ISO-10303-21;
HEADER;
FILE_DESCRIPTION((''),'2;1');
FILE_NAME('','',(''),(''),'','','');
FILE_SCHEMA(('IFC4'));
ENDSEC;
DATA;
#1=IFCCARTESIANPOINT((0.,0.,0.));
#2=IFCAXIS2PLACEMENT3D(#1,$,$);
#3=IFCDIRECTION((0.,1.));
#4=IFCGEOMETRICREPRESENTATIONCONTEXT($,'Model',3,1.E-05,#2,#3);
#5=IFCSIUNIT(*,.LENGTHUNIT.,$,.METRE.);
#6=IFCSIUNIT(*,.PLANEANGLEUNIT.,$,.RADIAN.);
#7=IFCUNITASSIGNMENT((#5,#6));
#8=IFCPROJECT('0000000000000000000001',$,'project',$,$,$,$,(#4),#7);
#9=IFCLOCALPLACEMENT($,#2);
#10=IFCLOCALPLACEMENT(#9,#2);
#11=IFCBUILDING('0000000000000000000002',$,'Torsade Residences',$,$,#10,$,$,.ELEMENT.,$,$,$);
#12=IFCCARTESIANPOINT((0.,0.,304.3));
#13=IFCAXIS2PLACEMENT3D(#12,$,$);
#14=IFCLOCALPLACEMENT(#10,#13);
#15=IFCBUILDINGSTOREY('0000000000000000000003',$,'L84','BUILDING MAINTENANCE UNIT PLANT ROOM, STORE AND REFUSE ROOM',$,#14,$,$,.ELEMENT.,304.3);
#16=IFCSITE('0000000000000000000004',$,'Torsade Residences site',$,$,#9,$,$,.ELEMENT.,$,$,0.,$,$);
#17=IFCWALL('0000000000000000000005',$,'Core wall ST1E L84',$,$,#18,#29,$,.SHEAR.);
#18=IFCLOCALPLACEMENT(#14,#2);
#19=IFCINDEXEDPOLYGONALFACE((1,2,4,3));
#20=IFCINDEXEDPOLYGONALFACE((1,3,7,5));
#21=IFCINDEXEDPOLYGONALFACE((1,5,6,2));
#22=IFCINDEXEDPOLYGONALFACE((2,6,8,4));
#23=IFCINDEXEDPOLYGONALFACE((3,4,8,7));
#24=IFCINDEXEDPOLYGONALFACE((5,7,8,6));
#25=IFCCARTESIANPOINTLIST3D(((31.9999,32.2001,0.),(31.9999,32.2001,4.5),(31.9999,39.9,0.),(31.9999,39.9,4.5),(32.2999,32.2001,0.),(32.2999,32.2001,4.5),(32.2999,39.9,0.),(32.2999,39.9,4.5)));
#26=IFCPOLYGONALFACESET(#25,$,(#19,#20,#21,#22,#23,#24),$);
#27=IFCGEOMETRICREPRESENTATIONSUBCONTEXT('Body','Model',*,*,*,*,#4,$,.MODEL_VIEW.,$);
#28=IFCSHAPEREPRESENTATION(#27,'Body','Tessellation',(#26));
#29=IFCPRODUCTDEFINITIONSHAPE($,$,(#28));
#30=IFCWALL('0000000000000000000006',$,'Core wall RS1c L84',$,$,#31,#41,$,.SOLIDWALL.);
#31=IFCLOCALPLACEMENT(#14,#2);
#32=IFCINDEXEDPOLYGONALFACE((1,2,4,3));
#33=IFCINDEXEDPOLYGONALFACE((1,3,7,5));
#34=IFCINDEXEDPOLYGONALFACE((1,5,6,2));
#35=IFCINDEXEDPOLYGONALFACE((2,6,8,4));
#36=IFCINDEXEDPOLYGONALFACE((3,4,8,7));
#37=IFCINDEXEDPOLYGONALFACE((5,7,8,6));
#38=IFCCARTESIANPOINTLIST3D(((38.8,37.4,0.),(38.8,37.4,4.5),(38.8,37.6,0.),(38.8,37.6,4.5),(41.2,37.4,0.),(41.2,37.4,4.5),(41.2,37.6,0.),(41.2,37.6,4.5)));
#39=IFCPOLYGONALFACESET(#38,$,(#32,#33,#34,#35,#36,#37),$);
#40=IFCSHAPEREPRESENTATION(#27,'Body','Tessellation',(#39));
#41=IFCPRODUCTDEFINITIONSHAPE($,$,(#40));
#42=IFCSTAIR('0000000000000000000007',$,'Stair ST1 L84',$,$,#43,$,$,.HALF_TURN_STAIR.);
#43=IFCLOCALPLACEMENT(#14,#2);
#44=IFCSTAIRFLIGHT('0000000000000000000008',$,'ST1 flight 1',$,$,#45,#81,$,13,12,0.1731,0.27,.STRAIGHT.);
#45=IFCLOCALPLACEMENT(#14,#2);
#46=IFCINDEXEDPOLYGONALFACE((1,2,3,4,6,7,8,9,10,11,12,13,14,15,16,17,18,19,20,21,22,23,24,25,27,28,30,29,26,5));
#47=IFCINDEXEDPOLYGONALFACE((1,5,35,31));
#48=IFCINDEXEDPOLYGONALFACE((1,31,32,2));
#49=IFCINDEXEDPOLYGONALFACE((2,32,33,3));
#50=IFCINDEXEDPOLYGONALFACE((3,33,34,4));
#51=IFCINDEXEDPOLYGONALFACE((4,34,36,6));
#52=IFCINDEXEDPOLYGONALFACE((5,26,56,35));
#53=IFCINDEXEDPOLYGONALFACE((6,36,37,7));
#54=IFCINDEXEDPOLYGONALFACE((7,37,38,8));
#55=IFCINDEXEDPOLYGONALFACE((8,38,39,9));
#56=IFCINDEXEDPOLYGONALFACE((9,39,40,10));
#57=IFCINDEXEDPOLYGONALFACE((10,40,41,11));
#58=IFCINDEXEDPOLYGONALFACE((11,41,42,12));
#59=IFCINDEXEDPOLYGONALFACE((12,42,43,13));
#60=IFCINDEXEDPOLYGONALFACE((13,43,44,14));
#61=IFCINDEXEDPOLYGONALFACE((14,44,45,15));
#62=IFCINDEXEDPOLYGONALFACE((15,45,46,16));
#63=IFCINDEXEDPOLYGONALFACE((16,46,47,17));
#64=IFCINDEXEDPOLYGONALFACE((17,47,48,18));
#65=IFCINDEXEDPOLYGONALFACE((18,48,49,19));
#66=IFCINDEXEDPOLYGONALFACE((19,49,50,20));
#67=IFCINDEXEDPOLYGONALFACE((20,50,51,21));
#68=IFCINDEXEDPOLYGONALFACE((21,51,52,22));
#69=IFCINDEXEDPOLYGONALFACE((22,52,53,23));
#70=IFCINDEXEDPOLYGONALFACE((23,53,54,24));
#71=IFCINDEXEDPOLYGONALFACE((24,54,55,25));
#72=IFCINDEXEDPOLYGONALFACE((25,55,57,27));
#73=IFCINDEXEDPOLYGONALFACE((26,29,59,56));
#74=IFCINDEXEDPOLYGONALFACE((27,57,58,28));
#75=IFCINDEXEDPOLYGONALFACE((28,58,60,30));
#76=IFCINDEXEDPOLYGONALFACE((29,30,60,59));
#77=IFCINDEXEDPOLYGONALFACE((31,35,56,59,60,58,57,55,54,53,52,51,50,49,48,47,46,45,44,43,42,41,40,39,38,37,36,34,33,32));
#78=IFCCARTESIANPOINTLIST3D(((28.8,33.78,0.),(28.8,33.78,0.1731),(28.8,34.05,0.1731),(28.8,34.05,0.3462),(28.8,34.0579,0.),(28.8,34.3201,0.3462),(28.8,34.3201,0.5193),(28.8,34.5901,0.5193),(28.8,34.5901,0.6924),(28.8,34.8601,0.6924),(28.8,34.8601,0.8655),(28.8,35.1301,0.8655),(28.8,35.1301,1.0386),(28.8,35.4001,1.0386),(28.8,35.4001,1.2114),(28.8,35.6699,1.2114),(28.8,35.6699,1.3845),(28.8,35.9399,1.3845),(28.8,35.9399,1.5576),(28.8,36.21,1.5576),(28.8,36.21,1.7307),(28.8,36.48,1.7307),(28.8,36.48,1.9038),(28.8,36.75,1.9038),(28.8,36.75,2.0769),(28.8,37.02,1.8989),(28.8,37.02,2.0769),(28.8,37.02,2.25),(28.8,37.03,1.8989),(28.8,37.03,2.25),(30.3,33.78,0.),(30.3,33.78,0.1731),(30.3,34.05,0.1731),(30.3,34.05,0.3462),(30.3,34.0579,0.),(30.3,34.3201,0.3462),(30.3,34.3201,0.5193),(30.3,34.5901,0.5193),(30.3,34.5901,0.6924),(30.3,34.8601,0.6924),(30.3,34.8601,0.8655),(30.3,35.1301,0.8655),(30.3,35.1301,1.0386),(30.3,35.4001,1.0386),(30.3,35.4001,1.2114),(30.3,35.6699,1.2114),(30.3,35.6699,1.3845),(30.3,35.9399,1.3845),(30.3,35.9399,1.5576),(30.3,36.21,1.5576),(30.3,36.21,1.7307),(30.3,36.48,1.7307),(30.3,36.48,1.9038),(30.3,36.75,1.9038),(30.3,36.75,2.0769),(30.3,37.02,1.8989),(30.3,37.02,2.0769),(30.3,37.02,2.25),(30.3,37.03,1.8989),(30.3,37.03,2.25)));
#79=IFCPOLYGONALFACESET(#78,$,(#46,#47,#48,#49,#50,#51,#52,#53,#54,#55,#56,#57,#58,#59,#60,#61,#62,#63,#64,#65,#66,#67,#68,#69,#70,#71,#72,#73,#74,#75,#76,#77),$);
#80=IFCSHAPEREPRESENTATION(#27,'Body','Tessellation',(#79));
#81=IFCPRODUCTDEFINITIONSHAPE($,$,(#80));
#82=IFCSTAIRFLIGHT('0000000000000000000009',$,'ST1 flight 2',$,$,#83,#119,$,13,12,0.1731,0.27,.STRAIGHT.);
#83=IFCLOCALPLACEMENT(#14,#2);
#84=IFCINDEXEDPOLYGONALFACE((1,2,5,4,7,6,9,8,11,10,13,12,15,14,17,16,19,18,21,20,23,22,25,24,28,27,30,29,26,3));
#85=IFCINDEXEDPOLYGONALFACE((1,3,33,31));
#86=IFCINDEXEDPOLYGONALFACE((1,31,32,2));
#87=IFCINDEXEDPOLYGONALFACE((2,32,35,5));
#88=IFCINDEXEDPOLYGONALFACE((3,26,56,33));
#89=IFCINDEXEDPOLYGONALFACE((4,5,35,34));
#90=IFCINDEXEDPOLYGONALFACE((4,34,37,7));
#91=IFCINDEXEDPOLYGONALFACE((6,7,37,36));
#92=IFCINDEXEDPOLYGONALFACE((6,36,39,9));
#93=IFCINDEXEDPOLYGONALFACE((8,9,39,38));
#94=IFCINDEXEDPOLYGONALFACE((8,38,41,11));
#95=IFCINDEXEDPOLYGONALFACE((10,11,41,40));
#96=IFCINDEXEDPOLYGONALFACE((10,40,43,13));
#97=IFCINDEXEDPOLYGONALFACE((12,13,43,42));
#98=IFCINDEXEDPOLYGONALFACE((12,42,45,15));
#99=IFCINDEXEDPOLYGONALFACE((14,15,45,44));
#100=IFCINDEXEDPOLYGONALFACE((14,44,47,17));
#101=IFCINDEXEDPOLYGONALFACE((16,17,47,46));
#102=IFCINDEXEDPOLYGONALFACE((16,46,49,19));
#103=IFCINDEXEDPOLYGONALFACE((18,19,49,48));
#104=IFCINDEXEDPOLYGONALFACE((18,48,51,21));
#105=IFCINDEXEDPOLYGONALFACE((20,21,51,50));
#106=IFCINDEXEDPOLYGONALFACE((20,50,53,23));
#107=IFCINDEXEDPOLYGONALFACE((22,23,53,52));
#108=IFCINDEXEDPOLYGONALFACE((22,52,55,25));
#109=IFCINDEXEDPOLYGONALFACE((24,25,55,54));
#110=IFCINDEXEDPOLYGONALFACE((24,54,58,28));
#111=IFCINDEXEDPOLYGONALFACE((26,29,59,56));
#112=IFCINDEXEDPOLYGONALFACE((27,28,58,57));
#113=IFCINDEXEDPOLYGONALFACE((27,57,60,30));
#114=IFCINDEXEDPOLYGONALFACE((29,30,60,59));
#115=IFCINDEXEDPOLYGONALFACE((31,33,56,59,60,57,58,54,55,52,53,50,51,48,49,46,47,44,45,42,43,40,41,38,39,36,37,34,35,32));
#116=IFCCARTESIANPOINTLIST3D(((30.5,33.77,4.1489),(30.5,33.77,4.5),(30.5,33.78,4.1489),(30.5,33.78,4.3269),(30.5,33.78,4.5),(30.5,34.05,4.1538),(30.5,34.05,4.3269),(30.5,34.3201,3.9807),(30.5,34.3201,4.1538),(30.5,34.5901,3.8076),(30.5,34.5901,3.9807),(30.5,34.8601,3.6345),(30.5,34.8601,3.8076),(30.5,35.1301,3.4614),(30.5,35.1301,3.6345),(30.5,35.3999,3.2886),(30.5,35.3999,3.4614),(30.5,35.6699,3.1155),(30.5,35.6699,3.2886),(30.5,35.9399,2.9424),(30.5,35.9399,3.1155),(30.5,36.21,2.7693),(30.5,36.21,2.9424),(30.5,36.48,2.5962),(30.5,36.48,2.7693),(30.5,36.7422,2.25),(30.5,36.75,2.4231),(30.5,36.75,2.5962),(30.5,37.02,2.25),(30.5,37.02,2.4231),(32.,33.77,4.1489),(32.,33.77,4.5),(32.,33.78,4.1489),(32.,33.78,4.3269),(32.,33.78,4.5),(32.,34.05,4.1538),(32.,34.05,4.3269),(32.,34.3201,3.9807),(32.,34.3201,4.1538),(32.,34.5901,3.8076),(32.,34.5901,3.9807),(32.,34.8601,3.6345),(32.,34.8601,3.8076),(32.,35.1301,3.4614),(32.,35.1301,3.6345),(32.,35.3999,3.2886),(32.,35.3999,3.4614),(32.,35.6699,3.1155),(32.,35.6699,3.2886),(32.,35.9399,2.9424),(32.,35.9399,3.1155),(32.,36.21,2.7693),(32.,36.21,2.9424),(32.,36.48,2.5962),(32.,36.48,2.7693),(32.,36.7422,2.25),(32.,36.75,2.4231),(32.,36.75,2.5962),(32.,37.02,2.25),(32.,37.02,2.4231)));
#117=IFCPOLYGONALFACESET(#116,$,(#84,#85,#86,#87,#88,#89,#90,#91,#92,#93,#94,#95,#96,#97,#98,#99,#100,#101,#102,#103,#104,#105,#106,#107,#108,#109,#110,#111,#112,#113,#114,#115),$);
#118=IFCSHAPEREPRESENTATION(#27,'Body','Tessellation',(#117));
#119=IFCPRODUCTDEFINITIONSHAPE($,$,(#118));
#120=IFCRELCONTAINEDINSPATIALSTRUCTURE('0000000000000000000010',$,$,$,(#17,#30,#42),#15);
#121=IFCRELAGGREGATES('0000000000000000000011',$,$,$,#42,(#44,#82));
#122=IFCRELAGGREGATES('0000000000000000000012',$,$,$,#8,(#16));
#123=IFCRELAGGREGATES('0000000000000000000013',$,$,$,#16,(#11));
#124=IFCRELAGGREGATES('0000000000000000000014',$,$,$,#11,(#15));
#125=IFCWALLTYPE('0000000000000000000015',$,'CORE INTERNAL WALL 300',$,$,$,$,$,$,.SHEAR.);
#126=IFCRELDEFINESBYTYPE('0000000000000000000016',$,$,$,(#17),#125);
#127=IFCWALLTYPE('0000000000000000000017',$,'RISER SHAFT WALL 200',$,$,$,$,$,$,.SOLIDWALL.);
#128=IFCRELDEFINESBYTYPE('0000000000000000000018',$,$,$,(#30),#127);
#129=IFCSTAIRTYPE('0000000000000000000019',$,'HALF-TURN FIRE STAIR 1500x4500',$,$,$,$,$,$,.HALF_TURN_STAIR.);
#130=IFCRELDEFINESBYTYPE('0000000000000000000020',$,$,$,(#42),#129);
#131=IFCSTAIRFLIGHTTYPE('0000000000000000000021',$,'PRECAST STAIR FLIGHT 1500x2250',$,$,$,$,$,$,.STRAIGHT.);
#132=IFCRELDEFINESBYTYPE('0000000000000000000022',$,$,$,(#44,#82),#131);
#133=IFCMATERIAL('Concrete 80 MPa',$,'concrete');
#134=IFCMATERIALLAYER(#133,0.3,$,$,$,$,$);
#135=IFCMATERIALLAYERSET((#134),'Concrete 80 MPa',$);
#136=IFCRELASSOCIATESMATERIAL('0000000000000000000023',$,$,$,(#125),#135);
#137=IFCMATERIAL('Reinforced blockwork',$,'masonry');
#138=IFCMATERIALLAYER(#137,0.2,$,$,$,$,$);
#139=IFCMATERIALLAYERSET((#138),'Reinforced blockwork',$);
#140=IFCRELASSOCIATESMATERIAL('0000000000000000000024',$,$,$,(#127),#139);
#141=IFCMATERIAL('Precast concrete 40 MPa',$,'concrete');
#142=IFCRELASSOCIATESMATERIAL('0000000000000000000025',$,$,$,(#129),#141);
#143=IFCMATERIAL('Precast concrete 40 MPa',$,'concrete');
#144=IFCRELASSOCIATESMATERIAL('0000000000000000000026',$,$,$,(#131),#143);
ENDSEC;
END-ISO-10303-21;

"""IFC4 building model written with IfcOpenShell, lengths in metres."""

from ifc_helpers import new_model, si_unit, direction, frame, frame_2d, origin, place, context, subcontext, project, spatial, polyline, rectangle, outline, extrude, material, layer, layer_set, type_object, element, aggregate, save


model = new_model("IFC4")

# Units and contexts
model_context = context("Model", 3, precision=1e-05, world=origin(), true_north=direction((0.0, 1.0)))
body_context = subcontext(model_context, "Body", "Model", "MODEL_VIEW")
ifc_project = project(units=[si_unit("LENGTHUNIT", "METRE"), si_unit("PLANEANGLEUNIT", "RADIAN")], contexts=[model_context])

# Site, building, storey
site_placement = place(None, origin())
site = spatial("IfcSite", under=ifc_project, at=site_placement, Name="Torsade Residences site", CompositionType="ELEMENT", RefElevation=0.0)
building_placement = place(site_placement, origin())
building = spatial("IfcBuilding", under=site, at=building_placement, Name="Torsade Residences", CompositionType="ELEMENT")
storey_placement = place(building_placement, frame((0.0, 0.0, 304.3)))
storey = spatial("IfcBuildingStorey", under=building, at=storey_placement, Name="L84", Description="BUILDING MAINTENANCE UNIT PLANT ROOM, STORE AND REFUSE ROOM", CompositionType="ELEMENT", Elevation=304.3)

# Shared definitions
ifc_material_1 = material(Name="Concrete 80 MPa", Category="concrete")
ifc_layer_1 = layer(ifc_material_1, 0.3)
ifc_layer_set_1 = layer_set([ifc_layer_1], Name="Concrete 80 MPa")
wall_type_1 = type_object("IfcWallType", Name="CORE INTERNAL WALL 300", PredefinedType="SHEAR", material=ifc_layer_set_1)

# Walls
wall_1_placement = place(storey_placement, frame((32.1499, 32.2, 0.0), z_axis=(0.0, 0.0, 1.0), x_axis=(0.0, 1.0, 0.0)))
element("IfcWall", 1, at=wall_1_placement, inside=storey, type_object=wall_type_1, Name="Core wall ST1E L84", PredefinedType="SHEAR", context=body_context, shape_type="SweptSolid", body=[
    extrude(rectangle(XDim=7.7, YDim=0.3, at=frame_2d((3.8501, 0.0))), origin(), (0.0, 0.0, 1.0), 4.5),
])
ifc_material_2 = material(Name="Reinforced blockwork", Category="masonry")
ifc_layer_2 = layer(ifc_material_2, 0.2)
ifc_layer_set_2 = layer_set([ifc_layer_2], Name="Reinforced blockwork")
wall_type_2 = type_object("IfcWallType", Name="RISER SHAFT WALL 200", PredefinedType="SOLIDWALL", material=ifc_layer_set_2)
wall_2_placement = place(storey_placement, frame((38.8, 37.5, 0.0), z_axis=(0.0, 0.0, 1.0), x_axis=(1.0, 0.0, 0.0)))
element("IfcWall", 2, at=wall_2_placement, inside=storey, type_object=wall_type_2, Name="Core wall RS1c L84", PredefinedType="SOLIDWALL", context=body_context, shape_type="SweptSolid", body=[
    extrude(rectangle(XDim=2.3999, YDim=0.2, at=frame_2d((1.2, 0.0))), origin(), (0.0, 0.0, 1.0), 4.5),
])

# Stair, stair flights
ifc_material_3 = material(Name="Precast concrete 40 MPa", Category="concrete")
stair_type = type_object("IfcStairType", Name="HALF-TURN FIRE STAIR 1500x4500", PredefinedType="HALF_TURN_STAIR", material=ifc_material_3)
stair_placement = place(storey_placement, origin())
stair = element("IfcStair", 3, at=stair_placement, inside=storey, type_object=stair_type, Name="Stair ST1 L84", PredefinedType="HALF_TURN_STAIR")
ifc_material_4 = material(Name="Precast concrete 40 MPa", Category="concrete")
stair_flight_type = type_object("IfcStairFlightType", Name="PRECAST STAIR FLIGHT 1500x2250", PredefinedType="STRAIGHT", material=ifc_material_4)
stair_flight_1_placement = place(storey_placement, frame((29.55, 33.78, 0.0), z_axis=(0.0, 0.0, 1.0), x_axis=(0.0, 1.0, 0.0)))
stair_flight_1 = element("IfcStairFlight", 4, at=stair_flight_1_placement, type_object=stair_flight_type, Name="ST1 flight 1", NumberOfRisers=13, NumberOfTreads=12, PredefinedType="STRAIGHT", RiserHeight=0.1731, TreadLength=0.27, context=body_context, shape_type="SweptSolid", body=[
    extrude(outline(polyline([(0.0, 0.0), (0.0, 0.1731), (0.27, 0.1731), (0.27, 0.3462), (0.54, 0.3462), (0.54, 0.5193), (0.8101, 0.5193), (0.8101, 0.6924), (1.0801, 0.6924), (1.0801, 0.8655), (1.3501, 0.8655), (1.3501, 1.0386), (1.6201, 1.0386), (1.6201, 1.2114), (1.8899, 1.2114), (1.8899, 1.3845), (2.1599, 1.3845), (2.1599, 1.5576), (2.4299, 1.5576), (2.4299, 1.7307), (2.7, 1.7307), (2.7, 1.9038), (2.97, 1.9038), (2.97, 2.0769), (3.24, 2.0769), (3.24, 2.25), (3.25, 2.25), (3.25, 1.8989), (3.24, 1.8989), (0.2778, 0.0), (0.0, 0.0)])), frame((0.0, 0.75, 0.0), z_axis=(0.0, -1.0, 0.0), x_axis=(1.0, 0.0, 0.0)), (0.0, 0.0, 1.0), 1.5),
])
stair_flight_2_placement = place(storey_placement, frame((31.25, 37.02, 2.25), z_axis=(0.0, 0.0, 1.0), x_axis=(0.0, -1.0, 0.0)))
stair_flight_2 = element("IfcStairFlight", 5, at=stair_flight_2_placement, type_object=stair_flight_type, Name="ST1 flight 2", NumberOfRisers=13, NumberOfTreads=12, PredefinedType="STRAIGHT", RiserHeight=0.1731, TreadLength=0.27, context=body_context, shape_type="SweptSolid", body=[
    extrude(outline(polyline([(0.0, 0.0), (0.0, 0.1731), (0.27, 0.1731), (0.27, 0.3462), (0.54, 0.3462), (0.54, 0.5193), (0.8101, 0.5193), (0.8101, 0.6924), (1.0801, 0.6924), (1.0801, 0.8655), (1.3501, 0.8655), (1.3501, 1.0386), (1.6201, 1.0386), (1.6201, 1.2114), (1.8899, 1.2114), (1.8899, 1.3845), (2.1599, 1.3845), (2.1599, 1.5576), (2.4299, 1.5576), (2.4299, 1.7307), (2.7, 1.7307), (2.7, 1.9038), (2.97, 1.9038), (2.97, 2.0769), (3.24, 2.0769), (3.24, 2.25), (3.25, 2.25), (3.25, 1.8989), (3.24, 1.8989), (0.2778, 0.0), (0.0, 0.0)])), frame((0.0, 0.75, 0.0), z_axis=(0.0, -1.0, 0.0), x_axis=(1.0, 0.0, 0.0)), (0.0, 0.0, 1.0), 1.5),
])
aggregate(stair, [stair_flight_1, stair_flight_2])

save(model, "model.ifc")
